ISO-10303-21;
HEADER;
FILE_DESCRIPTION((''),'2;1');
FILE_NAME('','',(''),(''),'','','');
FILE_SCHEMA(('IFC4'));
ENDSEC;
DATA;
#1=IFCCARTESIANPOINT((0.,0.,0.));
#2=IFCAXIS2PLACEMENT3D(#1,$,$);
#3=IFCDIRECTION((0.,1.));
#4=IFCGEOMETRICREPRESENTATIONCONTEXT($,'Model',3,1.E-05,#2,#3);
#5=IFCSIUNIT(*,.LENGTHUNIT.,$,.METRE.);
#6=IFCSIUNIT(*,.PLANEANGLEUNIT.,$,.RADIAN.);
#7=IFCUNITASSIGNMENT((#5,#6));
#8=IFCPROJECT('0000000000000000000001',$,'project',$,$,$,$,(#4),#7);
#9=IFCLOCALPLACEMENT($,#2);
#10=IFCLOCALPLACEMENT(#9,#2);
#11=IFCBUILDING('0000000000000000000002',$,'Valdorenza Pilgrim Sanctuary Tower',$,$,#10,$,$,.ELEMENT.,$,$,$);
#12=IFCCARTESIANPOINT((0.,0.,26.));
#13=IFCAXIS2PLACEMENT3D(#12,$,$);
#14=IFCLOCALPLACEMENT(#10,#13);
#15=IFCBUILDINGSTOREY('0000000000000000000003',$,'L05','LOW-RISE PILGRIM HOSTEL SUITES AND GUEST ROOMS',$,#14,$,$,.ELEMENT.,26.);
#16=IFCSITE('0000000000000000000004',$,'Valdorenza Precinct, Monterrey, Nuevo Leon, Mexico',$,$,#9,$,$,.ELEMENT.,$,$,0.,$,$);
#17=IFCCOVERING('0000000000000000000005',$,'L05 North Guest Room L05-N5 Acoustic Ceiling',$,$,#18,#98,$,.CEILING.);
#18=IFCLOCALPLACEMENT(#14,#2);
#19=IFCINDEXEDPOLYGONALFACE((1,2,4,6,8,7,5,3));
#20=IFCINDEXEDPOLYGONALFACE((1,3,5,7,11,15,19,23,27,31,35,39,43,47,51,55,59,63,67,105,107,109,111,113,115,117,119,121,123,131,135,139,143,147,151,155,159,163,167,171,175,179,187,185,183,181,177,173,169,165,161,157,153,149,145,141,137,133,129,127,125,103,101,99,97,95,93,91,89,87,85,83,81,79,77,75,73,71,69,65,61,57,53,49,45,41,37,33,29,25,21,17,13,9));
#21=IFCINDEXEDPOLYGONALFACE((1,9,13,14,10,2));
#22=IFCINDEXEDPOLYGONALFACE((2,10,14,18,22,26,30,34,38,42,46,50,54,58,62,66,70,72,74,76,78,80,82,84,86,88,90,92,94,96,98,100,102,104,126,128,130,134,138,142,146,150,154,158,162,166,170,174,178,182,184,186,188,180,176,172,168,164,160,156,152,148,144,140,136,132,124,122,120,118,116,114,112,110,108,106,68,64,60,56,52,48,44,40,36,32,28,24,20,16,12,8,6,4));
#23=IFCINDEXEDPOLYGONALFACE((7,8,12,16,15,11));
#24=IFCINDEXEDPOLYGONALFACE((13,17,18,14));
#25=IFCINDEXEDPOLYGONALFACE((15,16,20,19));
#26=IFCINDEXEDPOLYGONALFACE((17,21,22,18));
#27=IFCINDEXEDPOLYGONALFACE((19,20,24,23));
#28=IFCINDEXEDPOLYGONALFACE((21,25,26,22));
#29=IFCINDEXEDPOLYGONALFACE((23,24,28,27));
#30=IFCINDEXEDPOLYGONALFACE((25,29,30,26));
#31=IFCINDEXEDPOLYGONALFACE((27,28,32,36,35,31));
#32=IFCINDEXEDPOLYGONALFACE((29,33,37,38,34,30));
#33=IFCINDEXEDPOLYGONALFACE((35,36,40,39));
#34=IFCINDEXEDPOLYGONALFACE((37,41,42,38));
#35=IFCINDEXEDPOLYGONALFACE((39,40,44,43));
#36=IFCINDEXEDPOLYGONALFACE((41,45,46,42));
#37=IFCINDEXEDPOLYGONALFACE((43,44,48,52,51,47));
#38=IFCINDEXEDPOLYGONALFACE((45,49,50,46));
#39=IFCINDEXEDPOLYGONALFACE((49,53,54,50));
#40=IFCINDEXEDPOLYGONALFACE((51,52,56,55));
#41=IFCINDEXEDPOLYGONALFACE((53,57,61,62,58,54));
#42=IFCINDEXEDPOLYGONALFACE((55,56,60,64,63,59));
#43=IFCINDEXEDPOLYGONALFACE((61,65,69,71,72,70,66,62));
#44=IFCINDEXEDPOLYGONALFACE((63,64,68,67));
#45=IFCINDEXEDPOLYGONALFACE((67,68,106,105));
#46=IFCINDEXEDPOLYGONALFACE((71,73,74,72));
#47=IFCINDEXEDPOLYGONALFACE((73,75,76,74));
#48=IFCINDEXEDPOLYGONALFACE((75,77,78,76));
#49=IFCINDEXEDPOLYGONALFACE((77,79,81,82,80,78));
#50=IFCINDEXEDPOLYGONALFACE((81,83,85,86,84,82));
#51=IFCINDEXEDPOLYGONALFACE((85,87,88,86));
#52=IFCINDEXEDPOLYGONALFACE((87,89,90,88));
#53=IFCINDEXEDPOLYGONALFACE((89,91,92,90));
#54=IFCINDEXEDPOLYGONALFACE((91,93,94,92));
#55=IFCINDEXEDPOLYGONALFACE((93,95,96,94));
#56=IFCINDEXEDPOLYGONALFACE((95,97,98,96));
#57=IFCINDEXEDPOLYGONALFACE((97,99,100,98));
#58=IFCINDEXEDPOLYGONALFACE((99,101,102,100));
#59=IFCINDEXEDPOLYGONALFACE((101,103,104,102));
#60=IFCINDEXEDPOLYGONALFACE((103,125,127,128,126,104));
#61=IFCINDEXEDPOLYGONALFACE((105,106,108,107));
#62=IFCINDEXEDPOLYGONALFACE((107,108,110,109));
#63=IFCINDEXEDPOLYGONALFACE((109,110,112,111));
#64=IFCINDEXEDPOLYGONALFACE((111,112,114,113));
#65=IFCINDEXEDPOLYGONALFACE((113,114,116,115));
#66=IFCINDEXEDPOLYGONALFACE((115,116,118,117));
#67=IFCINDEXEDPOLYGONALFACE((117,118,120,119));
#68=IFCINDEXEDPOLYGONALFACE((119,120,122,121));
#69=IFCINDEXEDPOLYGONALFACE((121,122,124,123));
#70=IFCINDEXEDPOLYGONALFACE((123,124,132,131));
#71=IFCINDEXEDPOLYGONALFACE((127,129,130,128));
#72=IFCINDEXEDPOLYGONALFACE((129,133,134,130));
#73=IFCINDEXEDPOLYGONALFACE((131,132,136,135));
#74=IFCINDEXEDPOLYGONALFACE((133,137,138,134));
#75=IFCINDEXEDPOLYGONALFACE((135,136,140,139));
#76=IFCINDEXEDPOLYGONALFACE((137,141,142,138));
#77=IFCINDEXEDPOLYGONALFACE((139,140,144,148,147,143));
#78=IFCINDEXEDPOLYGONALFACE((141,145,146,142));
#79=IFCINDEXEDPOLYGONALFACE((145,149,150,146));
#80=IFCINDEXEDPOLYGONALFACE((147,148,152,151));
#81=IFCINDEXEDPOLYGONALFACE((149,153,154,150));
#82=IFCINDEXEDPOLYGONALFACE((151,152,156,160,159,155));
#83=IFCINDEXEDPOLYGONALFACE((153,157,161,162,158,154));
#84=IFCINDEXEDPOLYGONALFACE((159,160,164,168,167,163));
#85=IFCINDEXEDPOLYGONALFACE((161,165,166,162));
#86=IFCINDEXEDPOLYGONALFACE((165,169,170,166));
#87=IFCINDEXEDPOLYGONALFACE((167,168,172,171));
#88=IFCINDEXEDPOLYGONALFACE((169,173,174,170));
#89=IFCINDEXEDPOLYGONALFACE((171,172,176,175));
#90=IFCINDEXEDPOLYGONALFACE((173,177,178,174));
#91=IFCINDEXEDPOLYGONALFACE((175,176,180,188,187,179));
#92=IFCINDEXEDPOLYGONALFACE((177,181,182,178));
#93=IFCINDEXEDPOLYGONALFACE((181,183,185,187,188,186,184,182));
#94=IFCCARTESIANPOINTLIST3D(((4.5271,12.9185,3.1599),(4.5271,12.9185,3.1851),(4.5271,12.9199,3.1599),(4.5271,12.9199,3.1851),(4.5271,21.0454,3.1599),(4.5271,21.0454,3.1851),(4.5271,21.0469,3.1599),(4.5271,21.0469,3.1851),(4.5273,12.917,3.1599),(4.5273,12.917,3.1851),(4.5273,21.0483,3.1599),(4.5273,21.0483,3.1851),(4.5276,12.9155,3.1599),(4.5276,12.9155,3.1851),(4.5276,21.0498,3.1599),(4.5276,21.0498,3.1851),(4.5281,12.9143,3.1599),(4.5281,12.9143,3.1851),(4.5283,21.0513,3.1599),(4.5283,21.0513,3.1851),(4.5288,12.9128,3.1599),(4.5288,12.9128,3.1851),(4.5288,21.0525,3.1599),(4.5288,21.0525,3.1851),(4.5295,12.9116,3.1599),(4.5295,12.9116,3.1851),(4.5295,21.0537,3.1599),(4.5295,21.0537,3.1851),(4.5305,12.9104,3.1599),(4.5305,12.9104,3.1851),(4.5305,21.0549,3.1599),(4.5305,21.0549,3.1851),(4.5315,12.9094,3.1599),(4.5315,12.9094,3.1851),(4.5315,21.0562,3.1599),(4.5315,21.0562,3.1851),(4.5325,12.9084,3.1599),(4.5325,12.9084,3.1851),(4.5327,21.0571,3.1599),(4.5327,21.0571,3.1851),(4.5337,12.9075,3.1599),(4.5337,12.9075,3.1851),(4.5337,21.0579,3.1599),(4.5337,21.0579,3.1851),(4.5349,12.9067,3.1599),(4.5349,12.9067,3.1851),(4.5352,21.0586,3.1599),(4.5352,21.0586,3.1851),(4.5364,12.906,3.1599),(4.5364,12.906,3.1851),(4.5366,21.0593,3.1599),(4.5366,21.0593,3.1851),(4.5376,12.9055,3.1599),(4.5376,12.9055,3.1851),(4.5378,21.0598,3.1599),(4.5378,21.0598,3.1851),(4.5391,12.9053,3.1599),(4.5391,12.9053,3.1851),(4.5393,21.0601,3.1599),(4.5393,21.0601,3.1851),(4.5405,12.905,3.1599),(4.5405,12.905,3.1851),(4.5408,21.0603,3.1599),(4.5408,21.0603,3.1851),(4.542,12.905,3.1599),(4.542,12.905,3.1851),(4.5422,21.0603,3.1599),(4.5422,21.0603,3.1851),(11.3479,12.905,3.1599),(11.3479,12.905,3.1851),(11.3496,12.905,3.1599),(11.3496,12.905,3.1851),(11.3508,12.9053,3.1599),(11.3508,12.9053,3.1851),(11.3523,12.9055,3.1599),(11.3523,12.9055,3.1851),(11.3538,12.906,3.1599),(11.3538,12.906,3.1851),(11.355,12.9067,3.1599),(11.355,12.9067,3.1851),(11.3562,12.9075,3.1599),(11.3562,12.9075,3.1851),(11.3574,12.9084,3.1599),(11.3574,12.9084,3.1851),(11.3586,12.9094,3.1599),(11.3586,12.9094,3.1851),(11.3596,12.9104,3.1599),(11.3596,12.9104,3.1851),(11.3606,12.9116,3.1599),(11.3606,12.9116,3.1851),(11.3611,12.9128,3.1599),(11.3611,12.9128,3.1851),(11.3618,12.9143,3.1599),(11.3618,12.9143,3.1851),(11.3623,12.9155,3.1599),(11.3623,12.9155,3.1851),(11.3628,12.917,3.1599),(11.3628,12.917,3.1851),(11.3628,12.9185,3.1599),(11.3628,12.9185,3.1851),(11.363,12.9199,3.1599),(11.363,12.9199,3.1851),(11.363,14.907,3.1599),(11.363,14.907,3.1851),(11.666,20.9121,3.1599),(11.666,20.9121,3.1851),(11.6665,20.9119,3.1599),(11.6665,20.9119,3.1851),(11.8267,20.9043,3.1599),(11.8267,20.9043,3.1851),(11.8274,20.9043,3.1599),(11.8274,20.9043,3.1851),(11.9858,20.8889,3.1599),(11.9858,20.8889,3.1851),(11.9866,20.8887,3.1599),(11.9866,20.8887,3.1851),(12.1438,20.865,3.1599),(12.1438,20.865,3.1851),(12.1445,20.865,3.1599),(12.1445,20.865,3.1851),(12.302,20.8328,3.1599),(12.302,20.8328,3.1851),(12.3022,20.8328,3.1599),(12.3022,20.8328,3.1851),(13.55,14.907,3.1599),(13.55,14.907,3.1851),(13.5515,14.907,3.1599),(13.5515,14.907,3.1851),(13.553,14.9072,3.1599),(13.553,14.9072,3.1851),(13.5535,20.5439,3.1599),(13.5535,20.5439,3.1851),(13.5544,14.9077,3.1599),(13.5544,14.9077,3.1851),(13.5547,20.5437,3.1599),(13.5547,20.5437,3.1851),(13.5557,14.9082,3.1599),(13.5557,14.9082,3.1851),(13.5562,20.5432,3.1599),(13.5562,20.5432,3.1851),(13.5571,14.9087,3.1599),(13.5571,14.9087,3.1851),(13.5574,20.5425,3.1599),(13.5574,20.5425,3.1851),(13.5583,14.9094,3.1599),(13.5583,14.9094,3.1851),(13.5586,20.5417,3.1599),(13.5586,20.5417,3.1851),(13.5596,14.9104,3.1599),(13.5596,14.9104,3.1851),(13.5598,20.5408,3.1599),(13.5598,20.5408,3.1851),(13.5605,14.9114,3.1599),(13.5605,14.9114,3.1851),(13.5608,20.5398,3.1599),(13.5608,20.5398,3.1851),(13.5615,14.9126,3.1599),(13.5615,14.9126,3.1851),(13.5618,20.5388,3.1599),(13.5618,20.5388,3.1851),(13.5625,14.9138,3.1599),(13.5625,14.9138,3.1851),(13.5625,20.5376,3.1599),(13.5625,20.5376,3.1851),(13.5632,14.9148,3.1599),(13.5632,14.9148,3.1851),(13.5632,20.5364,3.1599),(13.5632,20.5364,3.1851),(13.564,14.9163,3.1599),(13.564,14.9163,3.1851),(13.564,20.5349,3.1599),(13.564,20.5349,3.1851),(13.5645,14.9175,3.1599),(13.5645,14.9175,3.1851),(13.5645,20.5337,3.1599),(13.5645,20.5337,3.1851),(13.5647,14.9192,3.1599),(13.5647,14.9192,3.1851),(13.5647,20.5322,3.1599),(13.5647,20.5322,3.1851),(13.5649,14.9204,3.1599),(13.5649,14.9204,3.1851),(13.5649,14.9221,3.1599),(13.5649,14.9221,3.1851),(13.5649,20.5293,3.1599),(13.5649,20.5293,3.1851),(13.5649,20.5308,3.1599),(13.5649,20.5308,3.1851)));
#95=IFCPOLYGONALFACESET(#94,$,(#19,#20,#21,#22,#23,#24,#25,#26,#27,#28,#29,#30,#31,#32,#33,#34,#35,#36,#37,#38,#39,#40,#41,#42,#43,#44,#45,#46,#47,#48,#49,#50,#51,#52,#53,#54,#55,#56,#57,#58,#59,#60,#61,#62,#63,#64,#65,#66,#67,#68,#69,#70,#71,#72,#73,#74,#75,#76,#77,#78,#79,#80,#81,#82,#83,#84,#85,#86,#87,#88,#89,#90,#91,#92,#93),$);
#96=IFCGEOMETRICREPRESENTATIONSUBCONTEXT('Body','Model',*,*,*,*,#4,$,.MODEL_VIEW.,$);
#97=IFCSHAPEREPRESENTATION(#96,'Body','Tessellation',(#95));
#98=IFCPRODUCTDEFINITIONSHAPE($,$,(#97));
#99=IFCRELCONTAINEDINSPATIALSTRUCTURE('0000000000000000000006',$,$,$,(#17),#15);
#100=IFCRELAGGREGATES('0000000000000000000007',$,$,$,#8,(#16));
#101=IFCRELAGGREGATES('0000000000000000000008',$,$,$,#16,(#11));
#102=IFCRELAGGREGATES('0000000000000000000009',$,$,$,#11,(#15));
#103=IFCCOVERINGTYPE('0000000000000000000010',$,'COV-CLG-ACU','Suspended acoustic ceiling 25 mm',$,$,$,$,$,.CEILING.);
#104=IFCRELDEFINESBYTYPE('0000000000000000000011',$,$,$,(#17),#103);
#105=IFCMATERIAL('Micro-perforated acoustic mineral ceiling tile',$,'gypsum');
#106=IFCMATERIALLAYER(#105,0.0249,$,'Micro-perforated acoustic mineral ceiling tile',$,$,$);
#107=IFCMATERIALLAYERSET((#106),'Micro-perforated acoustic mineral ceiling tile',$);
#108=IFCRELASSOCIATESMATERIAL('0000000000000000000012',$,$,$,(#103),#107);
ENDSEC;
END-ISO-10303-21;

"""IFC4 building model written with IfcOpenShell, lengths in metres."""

from ifc_helpers import new_model, si_unit, direction, frame, origin, place, context, subcontext, project, spatial, polyline, outline, extrude, material, layer, layer_set, type_object, element, save


model = new_model("IFC4")

# Units and contexts
model_context = context("Model", 3, precision=1e-05, world=origin(), true_north=direction((0.0, 1.0)))
body_context = subcontext(model_context, "Body", "Model", "MODEL_VIEW")
ifc_project = project(units=[si_unit("LENGTHUNIT", "METRE"), si_unit("PLANEANGLEUNIT", "RADIAN")], contexts=[model_context])

# Site, building, storey
site_placement = place(None, origin())
site = spatial("IfcSite", under=ifc_project, at=site_placement, Name="Valdorenza Precinct, Monterrey, Nuevo Leon, Mexico", CompositionType="ELEMENT", RefElevation=0.0)
building_placement = place(site_placement, origin())
building = spatial("IfcBuilding", under=site, at=building_placement, Name="Valdorenza Pilgrim Sanctuary Tower", CompositionType="ELEMENT")
storey_placement = place(building_placement, frame((0.0, 0.0, 26.0)))
storey = spatial("IfcBuildingStorey", under=building, at=storey_placement, Name="L05", Description="LOW-RISE PILGRIM HOSTEL SUITES AND GUEST ROOMS", CompositionType="ELEMENT", Elevation=26.0)

# Covering
ifc_material_1 = material(Name="Micro-perforated acoustic mineral ceiling tile", Category="gypsum")
ifc_layer_1 = layer(ifc_material_1, 0.0249, Name="Micro-perforated acoustic mineral ceiling tile")
ifc_layer_set_1 = layer_set([ifc_layer_1], Name="Micro-perforated acoustic mineral ceiling tile")
covering_type_1 = type_object("IfcCoveringType", Name="COV-CLG-ACU", Description="Suspended acoustic ceiling 25 mm", PredefinedType="CEILING", material=ifc_layer_set_1)
covering_1_placement = place(storey_placement, frame((0.0, 0.0, 3.1599)))
element("IfcCovering", 1, at=covering_1_placement, inside=storey, type_object=covering_type_1, Name="L05 North Guest Room L05-N5 Acoustic Ceiling", PredefinedType="CEILING", context=body_context, shape_type="SweptSolid", body=[
    extrude(outline(polyline([(11.363, 14.907), (11.363, 12.9199), (11.3628, 12.9185), (11.3628, 12.917), (11.3623, 12.9155), (11.3618, 12.9143), (11.3611, 12.9128), (11.3606, 12.9116), (11.3596, 12.9104), (11.3586, 12.9094), (11.3574, 12.9084), (11.3562, 12.9075), (11.355, 12.9067), (11.3538, 12.906), (11.3523, 12.9055), (11.3508, 12.9053), (11.3496, 12.905), (11.3479, 12.905), (4.542, 12.905), (4.5405, 12.905), (4.5391, 12.9053), (4.5376, 12.9055), (4.5364, 12.906), (4.5349, 12.9067), (4.5337, 12.9075), (4.5325, 12.9084), (4.5315, 12.9094), (4.5305, 12.9104), (4.5295, 12.9116), (4.5288, 12.9128), (4.5281, 12.9143), (4.5276, 12.9155), (4.5273, 12.917), (4.5271, 12.9185), (4.5271, 12.9199), (4.5271, 21.0454), (4.5271, 21.0469), (4.5273, 21.0483), (4.5276, 21.0498), (4.5283, 21.0513), (4.5288, 21.0525), (4.5295, 21.0537), (4.5305, 21.0549), (4.5315, 21.0562), (4.5327, 21.0571), (4.5337, 21.0579), (4.5352, 21.0586), (4.5366, 21.0593), (4.5378, 21.0598), (4.5393, 21.0601), (4.5408, 21.0603), (4.5422, 21.0603), (11.666, 20.9121), (11.6665, 20.9119), (11.8267, 20.9043), (11.8274, 20.9043), (11.9858, 20.8889), (11.9866, 20.8887), (12.1438, 20.865), (12.1445, 20.865), (12.302, 20.8328), (12.3022, 20.8328), (13.5535, 20.5439), (13.5547, 20.5437), (13.5562, 20.5432), (13.5574, 20.5425), (13.5586, 20.5417), (13.5598, 20.5408), (13.5608, 20.5398), (13.5618, 20.5388), (13.5625, 20.5376), (13.5632, 20.5364), (13.564, 20.5349), (13.5645, 20.5337), (13.5647, 20.5322), (13.5649, 20.5308), (13.5649, 20.5293), (13.5649, 14.9221), (13.5649, 14.9204), (13.5647, 14.9192), (13.5645, 14.9175), (13.564, 14.9163), (13.5632, 14.9148), (13.5625, 14.9138), (13.5615, 14.9126), (13.5605, 14.9114), (13.5596, 14.9104), (13.5583, 14.9094), (13.5571, 14.9087), (13.5557, 14.9082), (13.5544, 14.9077), (13.553, 14.9072), (13.5515, 14.907), (13.55, 14.907), (11.363, 14.907)])), origin(), (0.0, 0.0, 1.0), 0.0251),
])

save(model, "model.ifc")
